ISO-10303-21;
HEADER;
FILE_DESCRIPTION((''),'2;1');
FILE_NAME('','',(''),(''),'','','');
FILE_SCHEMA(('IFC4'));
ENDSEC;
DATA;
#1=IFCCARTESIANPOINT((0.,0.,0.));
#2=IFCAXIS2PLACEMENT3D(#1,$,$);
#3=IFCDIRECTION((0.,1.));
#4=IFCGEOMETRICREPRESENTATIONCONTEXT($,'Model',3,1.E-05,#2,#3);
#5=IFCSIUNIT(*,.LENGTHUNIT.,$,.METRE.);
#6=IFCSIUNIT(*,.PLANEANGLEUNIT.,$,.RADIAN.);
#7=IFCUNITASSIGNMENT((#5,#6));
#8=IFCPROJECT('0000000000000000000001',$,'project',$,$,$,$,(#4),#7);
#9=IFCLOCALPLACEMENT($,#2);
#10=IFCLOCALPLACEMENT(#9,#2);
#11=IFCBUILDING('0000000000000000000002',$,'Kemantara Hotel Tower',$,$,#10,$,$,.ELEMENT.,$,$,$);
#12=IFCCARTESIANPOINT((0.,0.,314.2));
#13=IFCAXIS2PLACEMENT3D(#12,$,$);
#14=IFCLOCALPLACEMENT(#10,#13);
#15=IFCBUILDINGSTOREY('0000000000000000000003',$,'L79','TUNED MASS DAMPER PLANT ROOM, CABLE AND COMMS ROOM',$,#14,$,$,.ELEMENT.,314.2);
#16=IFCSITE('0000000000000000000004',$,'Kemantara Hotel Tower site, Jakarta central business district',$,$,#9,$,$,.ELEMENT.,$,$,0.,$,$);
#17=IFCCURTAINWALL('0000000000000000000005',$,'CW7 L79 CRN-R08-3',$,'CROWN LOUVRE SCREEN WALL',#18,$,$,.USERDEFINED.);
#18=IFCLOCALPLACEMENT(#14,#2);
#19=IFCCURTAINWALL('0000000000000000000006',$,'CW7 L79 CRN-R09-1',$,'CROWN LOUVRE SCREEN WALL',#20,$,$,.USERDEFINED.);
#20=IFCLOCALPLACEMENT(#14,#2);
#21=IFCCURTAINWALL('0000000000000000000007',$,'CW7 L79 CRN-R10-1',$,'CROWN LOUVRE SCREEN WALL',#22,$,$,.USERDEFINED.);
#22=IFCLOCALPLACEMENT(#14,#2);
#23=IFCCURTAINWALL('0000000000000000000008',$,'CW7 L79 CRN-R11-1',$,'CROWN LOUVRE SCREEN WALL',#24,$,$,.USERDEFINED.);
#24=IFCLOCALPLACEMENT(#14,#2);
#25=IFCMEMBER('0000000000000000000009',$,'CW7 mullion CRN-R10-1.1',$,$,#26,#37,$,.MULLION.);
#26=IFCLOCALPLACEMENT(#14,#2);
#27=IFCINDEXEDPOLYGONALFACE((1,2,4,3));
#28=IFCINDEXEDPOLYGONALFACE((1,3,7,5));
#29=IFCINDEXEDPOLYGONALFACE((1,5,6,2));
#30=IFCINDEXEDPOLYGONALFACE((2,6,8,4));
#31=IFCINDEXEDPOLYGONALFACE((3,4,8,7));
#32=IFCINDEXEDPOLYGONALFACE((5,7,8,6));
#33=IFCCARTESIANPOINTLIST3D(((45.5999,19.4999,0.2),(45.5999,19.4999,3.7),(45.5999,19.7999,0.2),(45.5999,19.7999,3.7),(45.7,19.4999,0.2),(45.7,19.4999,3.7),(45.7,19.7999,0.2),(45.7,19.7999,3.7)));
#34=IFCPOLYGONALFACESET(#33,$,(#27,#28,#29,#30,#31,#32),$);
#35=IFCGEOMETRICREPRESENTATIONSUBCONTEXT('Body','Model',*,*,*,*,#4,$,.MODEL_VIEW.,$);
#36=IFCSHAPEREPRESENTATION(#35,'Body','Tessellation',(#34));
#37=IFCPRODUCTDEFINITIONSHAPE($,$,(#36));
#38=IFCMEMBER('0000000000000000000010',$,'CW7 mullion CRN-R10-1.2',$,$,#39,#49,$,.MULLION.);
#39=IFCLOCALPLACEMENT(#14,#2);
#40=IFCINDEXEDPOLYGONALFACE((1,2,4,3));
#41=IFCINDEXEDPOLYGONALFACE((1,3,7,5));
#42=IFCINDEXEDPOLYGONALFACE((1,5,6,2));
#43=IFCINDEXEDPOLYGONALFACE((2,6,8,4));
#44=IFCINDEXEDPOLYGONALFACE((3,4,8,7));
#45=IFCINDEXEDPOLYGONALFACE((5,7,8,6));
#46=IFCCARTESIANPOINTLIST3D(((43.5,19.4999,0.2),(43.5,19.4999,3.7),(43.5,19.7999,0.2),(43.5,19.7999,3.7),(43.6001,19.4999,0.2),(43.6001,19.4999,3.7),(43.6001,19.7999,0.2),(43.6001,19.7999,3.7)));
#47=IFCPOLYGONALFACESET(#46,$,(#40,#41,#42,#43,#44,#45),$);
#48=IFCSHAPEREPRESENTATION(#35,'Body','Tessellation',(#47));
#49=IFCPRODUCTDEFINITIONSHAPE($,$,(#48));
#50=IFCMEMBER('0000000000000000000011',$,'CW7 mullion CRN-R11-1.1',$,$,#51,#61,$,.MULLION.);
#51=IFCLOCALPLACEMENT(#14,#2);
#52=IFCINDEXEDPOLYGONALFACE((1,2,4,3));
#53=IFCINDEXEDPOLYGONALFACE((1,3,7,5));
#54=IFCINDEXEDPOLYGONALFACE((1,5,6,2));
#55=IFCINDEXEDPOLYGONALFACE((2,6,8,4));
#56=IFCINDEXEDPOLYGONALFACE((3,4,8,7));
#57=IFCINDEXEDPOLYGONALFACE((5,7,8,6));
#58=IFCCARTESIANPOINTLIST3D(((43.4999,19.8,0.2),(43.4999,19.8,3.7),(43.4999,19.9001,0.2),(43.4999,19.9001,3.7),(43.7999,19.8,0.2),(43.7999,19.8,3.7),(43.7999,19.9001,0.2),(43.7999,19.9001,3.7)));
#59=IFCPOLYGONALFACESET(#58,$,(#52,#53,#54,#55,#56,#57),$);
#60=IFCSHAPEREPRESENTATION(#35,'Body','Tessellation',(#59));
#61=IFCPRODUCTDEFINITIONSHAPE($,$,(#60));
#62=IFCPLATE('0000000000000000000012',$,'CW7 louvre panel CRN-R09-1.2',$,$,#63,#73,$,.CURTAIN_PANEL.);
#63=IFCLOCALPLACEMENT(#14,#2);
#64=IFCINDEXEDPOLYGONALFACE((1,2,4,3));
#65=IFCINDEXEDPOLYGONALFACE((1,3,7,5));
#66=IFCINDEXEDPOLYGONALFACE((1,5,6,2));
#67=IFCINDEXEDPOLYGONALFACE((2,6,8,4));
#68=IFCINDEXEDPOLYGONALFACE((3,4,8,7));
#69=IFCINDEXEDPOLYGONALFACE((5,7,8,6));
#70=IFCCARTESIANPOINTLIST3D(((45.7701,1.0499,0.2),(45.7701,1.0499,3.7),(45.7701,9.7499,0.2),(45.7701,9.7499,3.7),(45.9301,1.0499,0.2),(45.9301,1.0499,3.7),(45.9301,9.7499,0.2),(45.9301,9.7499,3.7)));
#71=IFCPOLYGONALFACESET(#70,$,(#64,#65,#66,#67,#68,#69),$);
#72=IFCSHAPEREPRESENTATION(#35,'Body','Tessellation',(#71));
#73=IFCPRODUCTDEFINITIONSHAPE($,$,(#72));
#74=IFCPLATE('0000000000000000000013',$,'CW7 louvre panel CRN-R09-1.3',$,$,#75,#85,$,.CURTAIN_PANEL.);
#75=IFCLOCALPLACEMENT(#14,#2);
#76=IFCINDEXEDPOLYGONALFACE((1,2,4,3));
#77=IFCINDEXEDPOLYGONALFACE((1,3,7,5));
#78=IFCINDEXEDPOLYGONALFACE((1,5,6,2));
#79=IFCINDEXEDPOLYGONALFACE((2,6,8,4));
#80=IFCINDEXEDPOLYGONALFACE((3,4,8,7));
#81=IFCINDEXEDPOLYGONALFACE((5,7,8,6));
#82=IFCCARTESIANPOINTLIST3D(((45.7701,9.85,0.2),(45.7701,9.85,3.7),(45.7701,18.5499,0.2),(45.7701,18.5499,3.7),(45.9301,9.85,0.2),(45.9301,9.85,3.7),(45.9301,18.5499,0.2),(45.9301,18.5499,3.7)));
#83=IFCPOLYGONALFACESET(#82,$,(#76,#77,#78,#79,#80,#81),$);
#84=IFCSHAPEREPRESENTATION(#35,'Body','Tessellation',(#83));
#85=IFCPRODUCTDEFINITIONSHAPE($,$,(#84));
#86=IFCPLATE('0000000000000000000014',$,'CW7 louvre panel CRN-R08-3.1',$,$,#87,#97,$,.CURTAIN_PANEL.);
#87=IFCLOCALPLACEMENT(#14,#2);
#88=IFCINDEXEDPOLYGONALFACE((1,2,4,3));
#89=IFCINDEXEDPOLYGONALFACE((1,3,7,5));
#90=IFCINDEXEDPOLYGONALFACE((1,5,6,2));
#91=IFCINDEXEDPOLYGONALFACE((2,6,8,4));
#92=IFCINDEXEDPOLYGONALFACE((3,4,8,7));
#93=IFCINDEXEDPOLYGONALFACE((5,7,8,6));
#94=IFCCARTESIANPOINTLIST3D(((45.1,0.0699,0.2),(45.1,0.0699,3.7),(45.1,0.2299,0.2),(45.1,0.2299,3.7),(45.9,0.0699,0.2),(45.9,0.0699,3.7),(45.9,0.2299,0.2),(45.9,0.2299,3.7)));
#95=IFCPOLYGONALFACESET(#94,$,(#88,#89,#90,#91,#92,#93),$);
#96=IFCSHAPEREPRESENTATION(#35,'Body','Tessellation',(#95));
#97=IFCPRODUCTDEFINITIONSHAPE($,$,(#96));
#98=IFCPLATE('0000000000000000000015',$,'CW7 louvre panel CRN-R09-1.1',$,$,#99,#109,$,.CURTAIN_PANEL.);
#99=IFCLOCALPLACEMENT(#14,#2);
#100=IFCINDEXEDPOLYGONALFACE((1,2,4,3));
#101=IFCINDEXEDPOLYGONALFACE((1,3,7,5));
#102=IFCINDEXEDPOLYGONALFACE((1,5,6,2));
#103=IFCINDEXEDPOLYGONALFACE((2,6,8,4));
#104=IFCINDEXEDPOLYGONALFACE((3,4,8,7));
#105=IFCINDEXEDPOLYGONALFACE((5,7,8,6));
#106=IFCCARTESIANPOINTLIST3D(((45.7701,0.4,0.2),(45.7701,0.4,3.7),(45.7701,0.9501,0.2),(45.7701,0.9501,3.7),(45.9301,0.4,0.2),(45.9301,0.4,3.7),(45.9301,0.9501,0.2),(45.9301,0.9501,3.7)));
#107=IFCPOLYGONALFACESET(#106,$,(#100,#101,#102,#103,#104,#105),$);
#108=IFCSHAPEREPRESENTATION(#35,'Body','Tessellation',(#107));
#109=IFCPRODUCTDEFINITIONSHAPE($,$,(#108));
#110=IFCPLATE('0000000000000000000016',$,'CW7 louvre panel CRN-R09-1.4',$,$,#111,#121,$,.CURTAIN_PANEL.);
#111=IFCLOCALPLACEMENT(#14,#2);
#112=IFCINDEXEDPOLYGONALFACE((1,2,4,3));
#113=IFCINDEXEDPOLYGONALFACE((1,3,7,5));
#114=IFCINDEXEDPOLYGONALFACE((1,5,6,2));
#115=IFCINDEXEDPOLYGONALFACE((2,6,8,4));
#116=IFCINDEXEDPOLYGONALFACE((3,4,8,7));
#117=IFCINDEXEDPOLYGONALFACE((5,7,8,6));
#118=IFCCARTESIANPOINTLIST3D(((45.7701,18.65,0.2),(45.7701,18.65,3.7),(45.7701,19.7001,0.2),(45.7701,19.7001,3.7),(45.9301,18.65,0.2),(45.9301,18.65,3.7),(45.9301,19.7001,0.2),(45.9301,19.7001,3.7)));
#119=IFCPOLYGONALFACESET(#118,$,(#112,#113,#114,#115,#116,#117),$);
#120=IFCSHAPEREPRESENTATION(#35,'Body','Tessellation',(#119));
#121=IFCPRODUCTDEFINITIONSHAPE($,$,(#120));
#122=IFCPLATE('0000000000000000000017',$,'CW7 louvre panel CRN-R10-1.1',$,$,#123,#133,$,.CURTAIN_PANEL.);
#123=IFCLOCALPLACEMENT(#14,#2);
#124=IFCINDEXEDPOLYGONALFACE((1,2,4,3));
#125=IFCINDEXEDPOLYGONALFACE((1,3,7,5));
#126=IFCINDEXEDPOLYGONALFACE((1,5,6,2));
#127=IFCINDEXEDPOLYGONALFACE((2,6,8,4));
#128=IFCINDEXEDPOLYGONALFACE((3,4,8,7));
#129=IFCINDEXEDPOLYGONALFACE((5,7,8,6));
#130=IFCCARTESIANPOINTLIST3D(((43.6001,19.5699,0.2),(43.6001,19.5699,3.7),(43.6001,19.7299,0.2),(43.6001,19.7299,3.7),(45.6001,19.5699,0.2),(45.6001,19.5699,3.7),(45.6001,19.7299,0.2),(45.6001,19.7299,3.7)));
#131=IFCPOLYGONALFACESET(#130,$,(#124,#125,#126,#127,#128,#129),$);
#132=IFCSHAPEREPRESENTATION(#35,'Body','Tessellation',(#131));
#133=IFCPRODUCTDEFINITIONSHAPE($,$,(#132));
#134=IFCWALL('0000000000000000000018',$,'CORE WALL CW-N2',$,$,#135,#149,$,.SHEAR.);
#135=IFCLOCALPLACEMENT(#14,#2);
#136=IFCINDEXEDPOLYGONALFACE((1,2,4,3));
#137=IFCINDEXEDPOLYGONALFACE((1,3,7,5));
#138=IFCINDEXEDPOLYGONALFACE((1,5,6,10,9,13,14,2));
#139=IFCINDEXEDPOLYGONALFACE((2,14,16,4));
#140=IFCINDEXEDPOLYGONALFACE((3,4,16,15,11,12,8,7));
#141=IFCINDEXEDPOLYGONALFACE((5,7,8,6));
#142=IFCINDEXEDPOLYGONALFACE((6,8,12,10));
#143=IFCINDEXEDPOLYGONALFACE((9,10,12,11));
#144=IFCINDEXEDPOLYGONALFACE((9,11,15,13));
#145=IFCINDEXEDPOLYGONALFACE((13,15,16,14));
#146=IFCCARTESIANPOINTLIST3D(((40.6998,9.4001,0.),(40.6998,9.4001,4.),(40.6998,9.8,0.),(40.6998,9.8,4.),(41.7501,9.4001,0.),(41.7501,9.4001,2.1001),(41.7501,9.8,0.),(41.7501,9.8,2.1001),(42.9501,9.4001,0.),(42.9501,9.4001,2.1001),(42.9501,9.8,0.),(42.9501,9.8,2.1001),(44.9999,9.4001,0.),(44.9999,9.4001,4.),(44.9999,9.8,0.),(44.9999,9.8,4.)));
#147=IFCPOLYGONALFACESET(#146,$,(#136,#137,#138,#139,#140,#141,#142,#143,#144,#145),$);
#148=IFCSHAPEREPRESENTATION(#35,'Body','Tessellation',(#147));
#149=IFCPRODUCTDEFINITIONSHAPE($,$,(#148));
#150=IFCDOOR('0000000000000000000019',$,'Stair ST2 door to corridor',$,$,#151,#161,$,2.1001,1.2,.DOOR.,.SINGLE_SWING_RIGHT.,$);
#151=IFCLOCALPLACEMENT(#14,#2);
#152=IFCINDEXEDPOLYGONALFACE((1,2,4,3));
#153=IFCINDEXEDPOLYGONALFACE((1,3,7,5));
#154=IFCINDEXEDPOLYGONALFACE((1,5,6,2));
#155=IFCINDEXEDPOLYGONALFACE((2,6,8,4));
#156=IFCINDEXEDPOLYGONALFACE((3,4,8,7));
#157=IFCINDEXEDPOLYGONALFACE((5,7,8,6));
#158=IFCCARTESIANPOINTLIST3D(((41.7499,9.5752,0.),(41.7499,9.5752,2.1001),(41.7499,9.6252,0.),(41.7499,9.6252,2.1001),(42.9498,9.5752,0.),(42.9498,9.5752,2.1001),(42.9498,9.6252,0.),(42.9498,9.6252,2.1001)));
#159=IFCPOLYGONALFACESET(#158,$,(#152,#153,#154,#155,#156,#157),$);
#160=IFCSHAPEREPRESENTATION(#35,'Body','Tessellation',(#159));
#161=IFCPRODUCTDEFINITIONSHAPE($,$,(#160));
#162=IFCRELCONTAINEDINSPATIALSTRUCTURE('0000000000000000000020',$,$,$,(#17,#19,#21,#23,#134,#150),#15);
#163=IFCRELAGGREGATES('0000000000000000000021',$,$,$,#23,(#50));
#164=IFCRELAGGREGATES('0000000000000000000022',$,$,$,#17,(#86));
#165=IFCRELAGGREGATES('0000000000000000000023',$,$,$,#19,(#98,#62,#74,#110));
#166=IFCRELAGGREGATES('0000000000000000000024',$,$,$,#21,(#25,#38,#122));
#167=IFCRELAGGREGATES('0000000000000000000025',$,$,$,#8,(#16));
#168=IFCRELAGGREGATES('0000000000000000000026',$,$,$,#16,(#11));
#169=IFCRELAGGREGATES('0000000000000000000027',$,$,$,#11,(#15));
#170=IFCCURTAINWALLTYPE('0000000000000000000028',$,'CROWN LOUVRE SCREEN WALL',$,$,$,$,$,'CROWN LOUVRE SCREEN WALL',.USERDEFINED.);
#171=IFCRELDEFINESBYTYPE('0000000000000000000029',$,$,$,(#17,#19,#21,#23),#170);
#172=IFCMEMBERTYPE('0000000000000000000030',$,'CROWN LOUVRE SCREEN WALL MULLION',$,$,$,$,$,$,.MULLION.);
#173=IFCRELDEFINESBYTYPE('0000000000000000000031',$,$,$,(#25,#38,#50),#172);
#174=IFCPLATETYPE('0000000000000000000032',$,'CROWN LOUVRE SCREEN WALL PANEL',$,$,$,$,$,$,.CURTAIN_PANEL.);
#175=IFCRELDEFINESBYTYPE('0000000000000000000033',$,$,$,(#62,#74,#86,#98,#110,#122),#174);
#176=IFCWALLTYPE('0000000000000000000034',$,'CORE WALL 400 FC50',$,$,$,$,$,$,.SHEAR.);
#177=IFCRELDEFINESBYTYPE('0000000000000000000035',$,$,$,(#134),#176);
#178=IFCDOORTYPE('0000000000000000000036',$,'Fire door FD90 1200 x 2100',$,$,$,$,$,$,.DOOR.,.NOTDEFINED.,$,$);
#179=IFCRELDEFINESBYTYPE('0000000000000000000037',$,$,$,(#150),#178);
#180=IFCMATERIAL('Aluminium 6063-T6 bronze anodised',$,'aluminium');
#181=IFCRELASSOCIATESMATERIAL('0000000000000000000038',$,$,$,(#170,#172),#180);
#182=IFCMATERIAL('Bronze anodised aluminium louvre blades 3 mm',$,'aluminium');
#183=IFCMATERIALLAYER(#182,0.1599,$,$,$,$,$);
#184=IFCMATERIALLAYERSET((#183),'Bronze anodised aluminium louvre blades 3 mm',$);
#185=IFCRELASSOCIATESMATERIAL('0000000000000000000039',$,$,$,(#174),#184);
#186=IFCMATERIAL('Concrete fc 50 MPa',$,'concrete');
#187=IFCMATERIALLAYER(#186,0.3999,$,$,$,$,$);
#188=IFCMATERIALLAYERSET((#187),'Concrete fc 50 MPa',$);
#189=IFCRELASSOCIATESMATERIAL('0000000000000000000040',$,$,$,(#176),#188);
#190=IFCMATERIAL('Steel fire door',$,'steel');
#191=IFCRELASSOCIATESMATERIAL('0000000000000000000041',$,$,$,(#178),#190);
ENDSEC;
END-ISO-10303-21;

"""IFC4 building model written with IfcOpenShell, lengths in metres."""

from ifc_helpers import new_model, si_unit, direction, frame, frame_2d, origin, origin_2d, place, context, subcontext, project, spatial, rectangle, extrude, source, transform, mapped, material, layer, layer_set, material_profile, profile_set, type_object, element, fill, aggregate, save


model = new_model("IFC4")

# Units and contexts
model_context = context("Model", 3, precision=1e-05, world=origin(), true_north=direction((0.0, 1.0)))
body_context = subcontext(model_context, "Body", "Model", "MODEL_VIEW")
ifc_project = project(units=[si_unit("LENGTHUNIT", "METRE"), si_unit("PLANEANGLEUNIT", "RADIAN")], contexts=[model_context])

# Site, building, storey
site_placement = place(None, origin())
site = spatial("IfcSite", under=ifc_project, at=site_placement, Name="Kemantara Hotel Tower site, Jakarta central business district", CompositionType="ELEMENT", RefElevation=0.0)
building_placement = place(site_placement, origin())
building = spatial("IfcBuilding", under=site, at=building_placement, Name="Kemantara Hotel Tower", CompositionType="ELEMENT")
storey_placement = place(building_placement, frame((0.0, 0.0, 314.2)))
storey = spatial("IfcBuildingStorey", under=building, at=storey_placement, Name="L79", Description="TUNED MASS DAMPER PLANT ROOM, CABLE AND COMMS ROOM", CompositionType="ELEMENT", Elevation=314.2)

# Shared definitions
ifc_material_1 = material(Name="Concrete fc 50 MPa", Category="concrete")

# Curtain walls
ifc_material_2 = material(Name="Aluminium 6063-T6 bronze anodised", Category="aluminium")
curtain_wall_type = type_object("IfcCurtainWallType", Name="CROWN LOUVRE SCREEN WALL", ElementType="CROWN LOUVRE SCREEN WALL", PredefinedType="USERDEFINED", material=ifc_material_2)
curtain_wall_1_placement = place(storey_placement, origin())
curtain_wall_1 = element("IfcCurtainWall", 1, at=curtain_wall_1_placement, inside=storey, type_object=curtain_wall_type, Name="CW7 L79 CRN-R08-3", ObjectType="CROWN LOUVRE SCREEN WALL", PredefinedType="USERDEFINED")
curtain_wall_2_placement = place(storey_placement, origin())
curtain_wall_2 = element("IfcCurtainWall", 2, at=curtain_wall_2_placement, inside=storey, type_object=curtain_wall_type, Name="CW7 L79 CRN-R09-1", ObjectType="CROWN LOUVRE SCREEN WALL", PredefinedType="USERDEFINED")
curtain_wall_3_placement = place(storey_placement, origin())
curtain_wall_3 = element("IfcCurtainWall", 3, at=curtain_wall_3_placement, inside=storey, type_object=curtain_wall_type, Name="CW7 L79 CRN-R10-1", ObjectType="CROWN LOUVRE SCREEN WALL", PredefinedType="USERDEFINED")
curtain_wall_4_placement = place(storey_placement, origin())
curtain_wall_4 = element("IfcCurtainWall", 4, at=curtain_wall_4_placement, inside=storey, type_object=curtain_wall_type, Name="CW7 L79 CRN-R11-1", ObjectType="CROWN LOUVRE SCREEN WALL", PredefinedType="USERDEFINED")
ifc_material_profile_1 = material_profile(ifc_material_2, rectangle(XDim=0.3, YDim=0.1001, at=origin_2d()), Name="CROWN LOUVRE SCREEN WALL MULLION")
ifc_profile_set_1 = profile_set([ifc_material_profile_1], Name="Aluminium 6063-T6 bronze anodised")
member_type_1 = type_object("IfcMemberType", Name="CROWN LOUVRE SCREEN WALL MULLION", PredefinedType="MULLION", material=ifc_profile_set_1)
shared_shape_1 = source(origin(), body_context, "Body", "SweptSolid", [
    extrude(rectangle(XDim=0.3, YDim=0.1001, at=origin_2d()), origin(), (0.0, 0.0, 1.0), 3.5),
])

# Members
member_1_placement = place(storey_placement, frame((45.6499, 19.6499, 0.2), z_axis=(0.0, 0.0, 1.0), x_axis=(0.0, -1.0, 0.0)))
member_1 = element("IfcMember", 5, at=member_1_placement, type_object=member_type_1, Name="CW7 mullion CRN-R10-1.1", PredefinedType="MULLION", context=body_context, shape_type="MappedRepresentation", body=[
    mapped(shared_shape_1, transform((0.0, 0.0, 0.0))),
])
member_2_placement = place(storey_placement, frame((43.55, 19.6499, 0.2), z_axis=(0.0, 0.0, 1.0), x_axis=(0.0, -1.0, 0.0)))
member_2 = element("IfcMember", 6, at=member_2_placement, type_object=member_type_1, Name="CW7 mullion CRN-R10-1.2", PredefinedType="MULLION", context=body_context, shape_type="MappedRepresentation", body=[
    mapped(shared_shape_1, transform((0.0, 0.0, 0.0))),
])
member_3_placement = place(storey_placement, frame((43.6499, 19.8501, 0.2), z_axis=(0.0, 0.0, 1.0), x_axis=(-1.0, 0.0, 0.0)))
member_3 = element("IfcMember", 7, at=member_3_placement, type_object=member_type_1, Name="CW7 mullion CRN-R11-1.1", PredefinedType="MULLION", context=body_context, shape_type="MappedRepresentation", body=[
    mapped(shared_shape_1, transform((0.0, 0.0, 0.0))),
])
aggregate(curtain_wall_4, [member_3])

# Plates
ifc_material_3 = material(Name="Bronze anodised aluminium louvre blades 3 mm", Category="aluminium")
ifc_layer_1 = layer(ifc_material_3, 0.1599)
ifc_layer_set_1 = layer_set([ifc_layer_1], Name="Bronze anodised aluminium louvre blades 3 mm")
plate_type = type_object("IfcPlateType", Name="CROWN LOUVRE SCREEN WALL PANEL", PredefinedType="CURTAIN_PANEL", material=ifc_layer_set_1)
shared_shape_2 = source(origin(), body_context, "Body", "SweptSolid", [
    extrude(rectangle(XDim=8.7, YDim=0.1599, at=origin_2d()), origin(), (0.0, 0.0, 1.0), 3.5),
])
plate_1_placement = place(storey_placement, frame((45.8501, 5.3999, 0.2), z_axis=(0.0, 0.0, 1.0), x_axis=(0.0, 1.0, 0.0)))
plate_1 = element("IfcPlate", 8, at=plate_1_placement, type_object=plate_type, Name="CW7 louvre panel CRN-R09-1.2", PredefinedType="CURTAIN_PANEL", context=body_context, shape_type="MappedRepresentation", body=[
    mapped(shared_shape_2, transform((0.0, 0.0, 0.0))),
])
plate_2_placement = place(storey_placement, frame((45.8501, 14.2, 0.2), z_axis=(0.0, 0.0, 1.0), x_axis=(0.0, 1.0, 0.0)))
plate_2 = element("IfcPlate", 9, at=plate_2_placement, type_object=plate_type, Name="CW7 louvre panel CRN-R09-1.3", PredefinedType="CURTAIN_PANEL", context=body_context, shape_type="MappedRepresentation", body=[
    mapped(shared_shape_2, transform((0.0, 0.0, 0.0))),
])
shared_shape_3 = source(origin(), body_context, "Body", "SweptSolid", [
    extrude(rectangle(XDim=0.8, YDim=0.1599, at=origin_2d()), origin(), (0.0, 0.0, 1.0), 3.5),
])
plate_3_placement = place(storey_placement, frame((45.5, 0.1499, 0.2), z_axis=(0.0, 0.0, 1.0), x_axis=(1.0, 0.0, 0.0)))
plate_3 = element("IfcPlate", 10, at=plate_3_placement, type_object=plate_type, Name="CW7 louvre panel CRN-R08-3.1", PredefinedType="CURTAIN_PANEL", context=body_context, shape_type="MappedRepresentation", body=[
    mapped(shared_shape_3, transform((0.0, 0.0, 0.0))),
])
aggregate(curtain_wall_1, [plate_3])
shared_shape_4 = source(origin(), body_context, "Body", "SweptSolid", [
    extrude(rectangle(XDim=0.55, YDim=0.1599, at=origin_2d()), origin(), (0.0, 0.0, 1.0), 3.5),
])
plate_4_placement = place(storey_placement, frame((45.8501, 0.675, 0.2), z_axis=(0.0, 0.0, 1.0), x_axis=(0.0, 1.0, 0.0)))
plate_4 = element("IfcPlate", 11, at=plate_4_placement, type_object=plate_type, Name="CW7 louvre panel CRN-R09-1.1", PredefinedType="CURTAIN_PANEL", context=body_context, shape_type="MappedRepresentation", body=[
    mapped(shared_shape_4, transform((0.0, 0.0, 0.0))),
])
shared_shape_5 = source(origin(), body_context, "Body", "SweptSolid", [
    extrude(rectangle(XDim=1.05, YDim=0.1599, at=origin_2d()), origin(), (0.0, 0.0, 1.0), 3.5),
])
plate_5_placement = place(storey_placement, frame((45.8501, 19.175, 0.2), z_axis=(0.0, 0.0, 1.0), x_axis=(0.0, 1.0, 0.0)))
plate_5 = element("IfcPlate", 12, at=plate_5_placement, type_object=plate_type, Name="CW7 louvre panel CRN-R09-1.4", PredefinedType="CURTAIN_PANEL", context=body_context, shape_type="MappedRepresentation", body=[
    mapped(shared_shape_5, transform((0.0, 0.0, 0.0))),
])
aggregate(curtain_wall_2, [plate_4, plate_1, plate_2, plate_5])
shared_shape_6 = source(origin(), body_context, "Body", "SweptSolid", [
    extrude(rectangle(XDim=2.0, YDim=0.1599, at=origin_2d()), origin(), (0.0, 0.0, 1.0), 3.5),
])
plate_6_placement = place(storey_placement, frame((44.6001, 19.6499, 0.2), z_axis=(0.0, 0.0, 1.0), x_axis=(-1.0, 0.0, 0.0)))
plate_6 = element("IfcPlate", 13, at=plate_6_placement, type_object=plate_type, Name="CW7 louvre panel CRN-R10-1.1", PredefinedType="CURTAIN_PANEL", context=body_context, shape_type="MappedRepresentation", body=[
    mapped(shared_shape_6, transform((0.0, 0.0, 0.0))),
])
aggregate(curtain_wall_3, [member_1, member_2, plate_6])

# Wall, opening, door
ifc_layer_2 = layer(ifc_material_1, 0.3999)
ifc_layer_set_2 = layer_set([ifc_layer_2], Name="Concrete fc 50 MPa")
wall_type_1 = type_object("IfcWallType", Name="CORE WALL 400 FC50", PredefinedType="SHEAR", material=ifc_layer_set_2)
wall_1_placement = place(storey_placement, frame((40.7, 9.6001, 0.0), z_axis=(0.0, 0.0, 1.0), x_axis=(1.0, 0.0, 0.0)))
wall_1 = element("IfcWall", 14, at=wall_1_placement, inside=storey, type_object=wall_type_1, Name="CORE WALL CW-N2", PredefinedType="SHEAR", context=body_context, shape_type="SweptSolid", body=[
    extrude(rectangle(XDim=4.3, YDim=0.3999, at=frame_2d((2.1499, 0.0))), origin(), (0.0, 0.0, 1.0), 4.0),
])
opening_1_placement = place(wall_1_placement, frame((1.05, 0.0, 0.0)))
opening_1 = element("IfcOpeningElement", 15, at=opening_1_placement, cuts=wall_1, PredefinedType="OPENING", context=body_context, shape_type="SweptSolid", body=[
    extrude(rectangle(XDim=1.2, YDim=2.1001, at=frame_2d((0.6001, 1.05))), frame((0.0, 0.21, 0.0), z_axis=(0.0, -1.0, 0.0), x_axis=(1.0, 0.0, 0.0)), (0.0, 0.0, 1.0), 0.4199),
])
ifc_material_4 = material(Name="Steel fire door", Category="steel")
door_type_1 = type_object("IfcDoorType", Name="Fire door FD90 1200 x 2100", OperationType="NOTDEFINED", PredefinedType="DOOR", material=ifc_material_4)
door_1_placement = place(opening_1_placement, frame((1.2, 0.0, 0.0), z_axis=(0.0, 0.0, 1.0), x_axis=(-1.0, 0.0, 0.0)))
door_1 = element("IfcDoor", 16, at=door_1_placement, inside=storey, type_object=door_type_1, Name="Stair ST2 door to corridor", OperationType="SINGLE_SWING_RIGHT", OverallHeight=2.1001, OverallWidth=1.2, PredefinedType="DOOR", context=body_context, shape_type="SweptSolid", body=[
    extrude(rectangle(XDim=1.2, YDim=2.1001, at=frame_2d((0.6001, 1.05))), frame((0.0, 0.0249, 0.0), z_axis=(0.0, -1.0, 0.0), x_axis=(1.0, 0.0, 0.0)), (0.0, 0.0, 1.0), 0.05),
])
fill(opening_1, door_1)

save(model, "model.ifc")
